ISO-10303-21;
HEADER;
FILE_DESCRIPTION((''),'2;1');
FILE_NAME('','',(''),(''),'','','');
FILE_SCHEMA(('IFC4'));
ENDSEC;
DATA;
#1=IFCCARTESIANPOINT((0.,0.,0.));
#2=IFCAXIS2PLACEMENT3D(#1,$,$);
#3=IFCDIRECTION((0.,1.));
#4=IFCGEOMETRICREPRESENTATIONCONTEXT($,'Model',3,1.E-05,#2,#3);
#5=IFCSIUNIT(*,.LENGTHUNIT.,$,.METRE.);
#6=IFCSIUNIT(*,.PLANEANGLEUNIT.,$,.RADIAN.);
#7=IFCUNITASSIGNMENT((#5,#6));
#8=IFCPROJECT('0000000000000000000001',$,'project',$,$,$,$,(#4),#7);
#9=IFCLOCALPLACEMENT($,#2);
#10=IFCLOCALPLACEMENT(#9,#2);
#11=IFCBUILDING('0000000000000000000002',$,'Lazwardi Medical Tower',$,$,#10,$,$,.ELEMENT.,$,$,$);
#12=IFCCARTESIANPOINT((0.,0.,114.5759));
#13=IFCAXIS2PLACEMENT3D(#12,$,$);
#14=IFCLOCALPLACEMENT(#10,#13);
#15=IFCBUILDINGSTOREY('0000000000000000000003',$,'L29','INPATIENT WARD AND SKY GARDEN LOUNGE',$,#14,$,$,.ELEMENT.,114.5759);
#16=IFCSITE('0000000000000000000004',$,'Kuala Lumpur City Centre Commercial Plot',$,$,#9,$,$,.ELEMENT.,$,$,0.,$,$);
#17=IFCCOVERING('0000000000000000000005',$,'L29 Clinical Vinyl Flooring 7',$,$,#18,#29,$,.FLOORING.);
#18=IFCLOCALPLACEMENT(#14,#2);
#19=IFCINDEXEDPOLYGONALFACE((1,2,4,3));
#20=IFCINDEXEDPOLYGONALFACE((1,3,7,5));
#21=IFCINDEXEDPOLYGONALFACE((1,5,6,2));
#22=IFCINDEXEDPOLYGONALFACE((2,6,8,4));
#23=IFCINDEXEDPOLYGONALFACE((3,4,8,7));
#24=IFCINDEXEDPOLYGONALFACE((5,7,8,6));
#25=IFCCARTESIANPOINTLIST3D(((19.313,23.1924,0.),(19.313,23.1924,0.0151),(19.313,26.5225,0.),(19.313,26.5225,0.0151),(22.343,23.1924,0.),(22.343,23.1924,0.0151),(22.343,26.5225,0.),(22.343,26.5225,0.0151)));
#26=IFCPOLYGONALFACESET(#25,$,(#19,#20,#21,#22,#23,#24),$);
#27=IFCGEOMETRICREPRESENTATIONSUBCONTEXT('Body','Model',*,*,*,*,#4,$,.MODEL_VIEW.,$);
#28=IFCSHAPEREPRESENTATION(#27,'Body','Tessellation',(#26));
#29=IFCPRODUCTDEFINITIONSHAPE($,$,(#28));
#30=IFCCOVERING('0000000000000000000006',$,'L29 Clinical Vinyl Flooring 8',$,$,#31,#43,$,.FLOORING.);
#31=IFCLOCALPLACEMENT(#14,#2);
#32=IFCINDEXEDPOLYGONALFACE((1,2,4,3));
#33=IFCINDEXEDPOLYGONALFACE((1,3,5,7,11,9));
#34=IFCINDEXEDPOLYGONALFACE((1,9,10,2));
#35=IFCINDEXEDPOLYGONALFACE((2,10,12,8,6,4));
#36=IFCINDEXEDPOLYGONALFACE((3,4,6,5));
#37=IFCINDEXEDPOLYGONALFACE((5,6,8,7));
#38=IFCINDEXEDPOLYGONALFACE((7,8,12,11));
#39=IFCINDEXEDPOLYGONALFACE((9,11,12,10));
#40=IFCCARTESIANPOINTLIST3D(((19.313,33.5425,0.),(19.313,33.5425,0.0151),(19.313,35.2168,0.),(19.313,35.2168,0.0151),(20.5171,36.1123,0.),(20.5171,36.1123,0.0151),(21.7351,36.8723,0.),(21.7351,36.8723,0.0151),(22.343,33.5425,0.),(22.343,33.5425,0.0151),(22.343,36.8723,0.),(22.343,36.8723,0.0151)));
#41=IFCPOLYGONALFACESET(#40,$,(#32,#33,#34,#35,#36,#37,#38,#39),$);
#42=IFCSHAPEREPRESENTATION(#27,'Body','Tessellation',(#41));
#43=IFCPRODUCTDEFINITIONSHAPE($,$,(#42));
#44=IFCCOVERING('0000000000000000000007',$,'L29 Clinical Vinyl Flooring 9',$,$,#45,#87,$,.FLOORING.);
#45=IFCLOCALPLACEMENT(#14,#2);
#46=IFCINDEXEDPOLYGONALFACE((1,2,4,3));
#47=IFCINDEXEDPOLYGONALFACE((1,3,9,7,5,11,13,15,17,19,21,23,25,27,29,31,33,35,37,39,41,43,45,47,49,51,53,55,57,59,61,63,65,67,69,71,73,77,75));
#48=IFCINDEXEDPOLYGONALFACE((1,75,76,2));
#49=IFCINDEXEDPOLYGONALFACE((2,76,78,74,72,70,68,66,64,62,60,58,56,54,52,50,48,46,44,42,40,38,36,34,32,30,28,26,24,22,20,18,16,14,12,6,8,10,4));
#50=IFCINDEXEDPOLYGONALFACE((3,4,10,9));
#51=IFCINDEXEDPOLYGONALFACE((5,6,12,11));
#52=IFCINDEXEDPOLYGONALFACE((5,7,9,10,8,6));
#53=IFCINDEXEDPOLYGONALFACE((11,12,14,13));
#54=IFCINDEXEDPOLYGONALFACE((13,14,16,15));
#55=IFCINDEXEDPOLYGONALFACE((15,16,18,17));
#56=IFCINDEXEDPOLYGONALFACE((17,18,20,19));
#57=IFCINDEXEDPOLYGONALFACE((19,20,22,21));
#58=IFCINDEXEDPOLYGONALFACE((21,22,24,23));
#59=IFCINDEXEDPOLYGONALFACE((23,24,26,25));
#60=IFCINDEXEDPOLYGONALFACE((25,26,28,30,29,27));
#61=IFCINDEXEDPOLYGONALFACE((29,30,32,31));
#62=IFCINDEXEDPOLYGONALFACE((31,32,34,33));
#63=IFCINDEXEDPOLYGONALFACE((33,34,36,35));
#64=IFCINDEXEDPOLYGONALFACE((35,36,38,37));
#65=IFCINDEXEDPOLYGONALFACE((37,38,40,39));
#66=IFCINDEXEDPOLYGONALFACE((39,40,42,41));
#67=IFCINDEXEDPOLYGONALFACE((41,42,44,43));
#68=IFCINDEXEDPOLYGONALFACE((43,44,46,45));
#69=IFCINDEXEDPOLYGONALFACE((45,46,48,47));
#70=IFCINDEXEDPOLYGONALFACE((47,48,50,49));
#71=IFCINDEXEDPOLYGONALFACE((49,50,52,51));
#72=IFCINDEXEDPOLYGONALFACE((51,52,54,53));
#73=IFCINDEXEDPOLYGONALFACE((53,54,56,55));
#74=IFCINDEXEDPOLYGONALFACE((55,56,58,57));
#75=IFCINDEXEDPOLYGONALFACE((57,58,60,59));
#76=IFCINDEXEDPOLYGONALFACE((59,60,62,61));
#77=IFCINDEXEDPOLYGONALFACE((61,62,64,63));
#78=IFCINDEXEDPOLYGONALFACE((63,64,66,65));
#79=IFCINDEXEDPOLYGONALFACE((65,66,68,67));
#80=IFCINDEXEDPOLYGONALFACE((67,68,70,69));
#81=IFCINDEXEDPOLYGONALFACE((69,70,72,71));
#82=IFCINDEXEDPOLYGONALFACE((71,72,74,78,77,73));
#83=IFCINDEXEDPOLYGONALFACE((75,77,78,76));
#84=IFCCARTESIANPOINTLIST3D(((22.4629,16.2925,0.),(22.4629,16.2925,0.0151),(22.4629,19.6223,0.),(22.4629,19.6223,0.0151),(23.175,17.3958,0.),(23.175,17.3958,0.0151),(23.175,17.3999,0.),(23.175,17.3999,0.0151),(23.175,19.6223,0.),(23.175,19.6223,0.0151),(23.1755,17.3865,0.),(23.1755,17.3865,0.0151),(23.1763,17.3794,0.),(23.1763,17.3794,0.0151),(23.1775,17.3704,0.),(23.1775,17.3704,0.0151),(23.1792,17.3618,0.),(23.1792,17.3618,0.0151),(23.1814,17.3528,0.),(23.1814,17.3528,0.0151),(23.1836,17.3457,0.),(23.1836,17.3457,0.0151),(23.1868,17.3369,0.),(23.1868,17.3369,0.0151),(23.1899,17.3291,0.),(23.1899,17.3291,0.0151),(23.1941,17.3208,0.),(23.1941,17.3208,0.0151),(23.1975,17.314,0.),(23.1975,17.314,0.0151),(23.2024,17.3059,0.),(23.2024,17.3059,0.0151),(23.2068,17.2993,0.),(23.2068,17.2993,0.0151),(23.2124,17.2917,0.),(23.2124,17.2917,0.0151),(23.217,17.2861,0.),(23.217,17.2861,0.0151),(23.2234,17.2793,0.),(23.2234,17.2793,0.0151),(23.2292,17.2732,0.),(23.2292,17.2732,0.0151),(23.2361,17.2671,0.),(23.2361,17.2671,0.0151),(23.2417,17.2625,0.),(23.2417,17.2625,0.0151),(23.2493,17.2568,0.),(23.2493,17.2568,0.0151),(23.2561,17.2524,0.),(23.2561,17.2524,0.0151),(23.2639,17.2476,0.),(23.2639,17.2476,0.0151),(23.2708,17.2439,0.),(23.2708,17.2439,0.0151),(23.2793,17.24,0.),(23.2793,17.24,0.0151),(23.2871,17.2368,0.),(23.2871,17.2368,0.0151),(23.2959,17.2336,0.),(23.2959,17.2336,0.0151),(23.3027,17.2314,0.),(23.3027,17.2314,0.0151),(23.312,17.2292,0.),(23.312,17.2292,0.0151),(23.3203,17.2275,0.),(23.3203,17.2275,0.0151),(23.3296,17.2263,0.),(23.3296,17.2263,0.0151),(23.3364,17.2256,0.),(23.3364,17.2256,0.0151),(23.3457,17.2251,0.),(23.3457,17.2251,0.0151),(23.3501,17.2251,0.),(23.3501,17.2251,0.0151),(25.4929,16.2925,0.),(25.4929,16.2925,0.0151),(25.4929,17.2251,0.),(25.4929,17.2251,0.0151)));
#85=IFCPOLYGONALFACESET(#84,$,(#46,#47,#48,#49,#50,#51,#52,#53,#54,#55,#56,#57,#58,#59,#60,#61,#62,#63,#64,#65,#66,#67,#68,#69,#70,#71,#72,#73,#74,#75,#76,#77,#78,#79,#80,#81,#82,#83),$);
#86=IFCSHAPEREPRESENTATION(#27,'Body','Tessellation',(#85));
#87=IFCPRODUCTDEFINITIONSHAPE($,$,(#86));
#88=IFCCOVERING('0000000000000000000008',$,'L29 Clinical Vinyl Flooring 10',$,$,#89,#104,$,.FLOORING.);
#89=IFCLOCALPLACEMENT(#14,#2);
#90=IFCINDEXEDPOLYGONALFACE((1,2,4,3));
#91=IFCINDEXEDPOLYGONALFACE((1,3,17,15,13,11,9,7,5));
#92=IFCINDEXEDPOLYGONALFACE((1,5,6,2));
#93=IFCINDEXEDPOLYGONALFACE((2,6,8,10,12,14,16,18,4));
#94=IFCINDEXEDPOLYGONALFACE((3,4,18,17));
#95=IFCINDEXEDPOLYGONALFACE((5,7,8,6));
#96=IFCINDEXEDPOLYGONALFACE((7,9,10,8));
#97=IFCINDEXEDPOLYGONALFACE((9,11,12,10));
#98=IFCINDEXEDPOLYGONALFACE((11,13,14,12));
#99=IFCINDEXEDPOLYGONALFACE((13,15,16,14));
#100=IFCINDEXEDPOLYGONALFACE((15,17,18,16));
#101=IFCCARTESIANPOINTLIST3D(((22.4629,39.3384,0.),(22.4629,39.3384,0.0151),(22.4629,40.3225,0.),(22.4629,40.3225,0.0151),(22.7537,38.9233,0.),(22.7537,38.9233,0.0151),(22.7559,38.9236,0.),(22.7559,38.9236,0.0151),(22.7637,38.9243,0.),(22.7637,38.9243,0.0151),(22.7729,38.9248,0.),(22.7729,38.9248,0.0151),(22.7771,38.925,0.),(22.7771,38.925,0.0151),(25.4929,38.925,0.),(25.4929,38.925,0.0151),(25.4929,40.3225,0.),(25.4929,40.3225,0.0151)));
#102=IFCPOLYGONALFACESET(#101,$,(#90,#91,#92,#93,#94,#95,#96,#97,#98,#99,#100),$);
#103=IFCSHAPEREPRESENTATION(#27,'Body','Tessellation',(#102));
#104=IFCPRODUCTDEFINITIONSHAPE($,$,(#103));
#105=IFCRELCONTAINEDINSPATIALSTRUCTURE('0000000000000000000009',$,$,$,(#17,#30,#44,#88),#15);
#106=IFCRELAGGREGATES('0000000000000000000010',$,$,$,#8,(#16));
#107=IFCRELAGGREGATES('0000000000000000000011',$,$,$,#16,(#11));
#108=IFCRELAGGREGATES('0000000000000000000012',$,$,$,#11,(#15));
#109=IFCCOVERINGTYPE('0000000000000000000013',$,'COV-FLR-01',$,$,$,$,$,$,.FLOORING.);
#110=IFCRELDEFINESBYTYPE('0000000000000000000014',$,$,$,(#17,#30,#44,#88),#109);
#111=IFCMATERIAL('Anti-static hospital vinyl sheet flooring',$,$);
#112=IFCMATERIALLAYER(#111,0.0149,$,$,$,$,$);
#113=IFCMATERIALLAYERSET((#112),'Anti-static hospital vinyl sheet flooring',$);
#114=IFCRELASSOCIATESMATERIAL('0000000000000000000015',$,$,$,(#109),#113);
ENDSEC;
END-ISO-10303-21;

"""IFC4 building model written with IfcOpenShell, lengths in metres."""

from ifc_helpers import new_model, si_unit, direction, frame, origin, place, context, subcontext, project, spatial, polyline, outline, extrude, material, layer, layer_set, type_object, element, save


model = new_model("IFC4")

# Units and contexts
model_context = context("Model", 3, precision=1e-05, world=origin(), true_north=direction((0.0, 1.0)))
body_context = subcontext(model_context, "Body", "Model", "MODEL_VIEW")
ifc_project = project(units=[si_unit("LENGTHUNIT", "METRE"), si_unit("PLANEANGLEUNIT", "RADIAN")], contexts=[model_context])

# Site, building, storey
site_placement = place(None, origin())
site = spatial("IfcSite", under=ifc_project, at=site_placement, Name="Kuala Lumpur City Centre Commercial Plot", CompositionType="ELEMENT", RefElevation=0.0)
building_placement = place(site_placement, origin())
building = spatial("IfcBuilding", under=site, at=building_placement, Name="Lazwardi Medical Tower", CompositionType="ELEMENT")
storey_placement = place(building_placement, frame((0.0, 0.0, 114.5759)))
storey = spatial("IfcBuildingStorey", under=building, at=storey_placement, Name="L29", Description="INPATIENT WARD AND SKY GARDEN LOUNGE", CompositionType="ELEMENT", Elevation=114.5759)

# Coverings
ifc_material_1 = material(Name="Anti-static hospital vinyl sheet flooring")
ifc_layer_1 = layer(ifc_material_1, 0.0149)
ifc_layer_set_1 = layer_set([ifc_layer_1], Name="Anti-static hospital vinyl sheet flooring")
covering_type_1 = type_object("IfcCoveringType", Name="COV-FLR-01", PredefinedType="FLOORING", material=ifc_layer_set_1)
covering_1_placement = place(storey_placement, origin())
element("IfcCovering", 1, at=covering_1_placement, inside=storey, type_object=covering_type_1, Name="L29 Clinical Vinyl Flooring 7", PredefinedType="FLOORING", context=body_context, shape_type="SweptSolid", body=[
    extrude(outline(polyline([(22.343, 23.1924), (22.343, 26.5225), (19.313, 26.5225), (19.313, 23.1924), (22.343, 23.1924)])), origin(), (0.0, 0.0, 1.0), 0.0151),
])
covering_2_placement = place(storey_placement, origin())
element("IfcCovering", 2, at=covering_2_placement, inside=storey, type_object=covering_type_1, Name="L29 Clinical Vinyl Flooring 8", PredefinedType="FLOORING", context=body_context, shape_type="SweptSolid", body=[
    extrude(outline(polyline([(21.7351, 36.8723), (20.5171, 36.1123), (19.313, 35.2168), (19.313, 33.5425), (22.343, 33.5425), (22.343, 36.8723), (21.7351, 36.8723)])), origin(), (0.0, 0.0, 1.0), 0.0151),
])
covering_3_placement = place(storey_placement, origin())
element("IfcCovering", 3, at=covering_3_placement, inside=storey, type_object=covering_type_1, Name="L29 Clinical Vinyl Flooring 9", PredefinedType="FLOORING", context=body_context, shape_type="SweptSolid", body=[
    extrude(outline(polyline([(25.4929, 17.2251), (23.3501, 17.2251), (23.3457, 17.2251), (23.3364, 17.2256), (23.3296, 17.2263), (23.3203, 17.2275), (23.312, 17.2292), (23.3027, 17.2314), (23.2959, 17.2336), (23.2871, 17.2368), (23.2793, 17.24), (23.2708, 17.2439), (23.2639, 17.2476), (23.2561, 17.2524), (23.2493, 17.2568), (23.2417, 17.2625), (23.2361, 17.2671), (23.2292, 17.2732), (23.2234, 17.2793), (23.217, 17.2861), (23.2124, 17.2917), (23.2068, 17.2993), (23.2024, 17.3059), (23.1975, 17.314), (23.1941, 17.3208), (23.1899, 17.3291), (23.1868, 17.3369), (23.1836, 17.3457), (23.1814, 17.3528), (23.1792, 17.3618), (23.1775, 17.3704), (23.1763, 17.3794), (23.1755, 17.3865), (23.175, 17.3958), (23.175, 17.3999), (23.175, 19.6223), (22.4629, 19.6223), (22.4629, 16.2925), (25.4929, 16.2925), (25.4929, 17.2251)])), origin(), (0.0, 0.0, 1.0), 0.0151),
])
covering_4_placement = place(storey_placement, origin())
element("IfcCovering", 4, at=covering_4_placement, inside=storey, type_object=covering_type_1, Name="L29 Clinical Vinyl Flooring 10", PredefinedType="FLOORING", context=body_context, shape_type="SweptSolid", body=[
    extrude(outline(polyline([(22.4629, 39.3384), (22.7537, 38.9233), (22.7559, 38.9236), (22.7637, 38.9243), (22.7729, 38.9248), (22.7771, 38.925), (25.4929, 38.925), (25.4929, 40.3225), (22.4629, 40.3225), (22.4629, 39.3384)])), origin(), (0.0, 0.0, 1.0), 0.0151),
])

save(model, "model.ifc")
